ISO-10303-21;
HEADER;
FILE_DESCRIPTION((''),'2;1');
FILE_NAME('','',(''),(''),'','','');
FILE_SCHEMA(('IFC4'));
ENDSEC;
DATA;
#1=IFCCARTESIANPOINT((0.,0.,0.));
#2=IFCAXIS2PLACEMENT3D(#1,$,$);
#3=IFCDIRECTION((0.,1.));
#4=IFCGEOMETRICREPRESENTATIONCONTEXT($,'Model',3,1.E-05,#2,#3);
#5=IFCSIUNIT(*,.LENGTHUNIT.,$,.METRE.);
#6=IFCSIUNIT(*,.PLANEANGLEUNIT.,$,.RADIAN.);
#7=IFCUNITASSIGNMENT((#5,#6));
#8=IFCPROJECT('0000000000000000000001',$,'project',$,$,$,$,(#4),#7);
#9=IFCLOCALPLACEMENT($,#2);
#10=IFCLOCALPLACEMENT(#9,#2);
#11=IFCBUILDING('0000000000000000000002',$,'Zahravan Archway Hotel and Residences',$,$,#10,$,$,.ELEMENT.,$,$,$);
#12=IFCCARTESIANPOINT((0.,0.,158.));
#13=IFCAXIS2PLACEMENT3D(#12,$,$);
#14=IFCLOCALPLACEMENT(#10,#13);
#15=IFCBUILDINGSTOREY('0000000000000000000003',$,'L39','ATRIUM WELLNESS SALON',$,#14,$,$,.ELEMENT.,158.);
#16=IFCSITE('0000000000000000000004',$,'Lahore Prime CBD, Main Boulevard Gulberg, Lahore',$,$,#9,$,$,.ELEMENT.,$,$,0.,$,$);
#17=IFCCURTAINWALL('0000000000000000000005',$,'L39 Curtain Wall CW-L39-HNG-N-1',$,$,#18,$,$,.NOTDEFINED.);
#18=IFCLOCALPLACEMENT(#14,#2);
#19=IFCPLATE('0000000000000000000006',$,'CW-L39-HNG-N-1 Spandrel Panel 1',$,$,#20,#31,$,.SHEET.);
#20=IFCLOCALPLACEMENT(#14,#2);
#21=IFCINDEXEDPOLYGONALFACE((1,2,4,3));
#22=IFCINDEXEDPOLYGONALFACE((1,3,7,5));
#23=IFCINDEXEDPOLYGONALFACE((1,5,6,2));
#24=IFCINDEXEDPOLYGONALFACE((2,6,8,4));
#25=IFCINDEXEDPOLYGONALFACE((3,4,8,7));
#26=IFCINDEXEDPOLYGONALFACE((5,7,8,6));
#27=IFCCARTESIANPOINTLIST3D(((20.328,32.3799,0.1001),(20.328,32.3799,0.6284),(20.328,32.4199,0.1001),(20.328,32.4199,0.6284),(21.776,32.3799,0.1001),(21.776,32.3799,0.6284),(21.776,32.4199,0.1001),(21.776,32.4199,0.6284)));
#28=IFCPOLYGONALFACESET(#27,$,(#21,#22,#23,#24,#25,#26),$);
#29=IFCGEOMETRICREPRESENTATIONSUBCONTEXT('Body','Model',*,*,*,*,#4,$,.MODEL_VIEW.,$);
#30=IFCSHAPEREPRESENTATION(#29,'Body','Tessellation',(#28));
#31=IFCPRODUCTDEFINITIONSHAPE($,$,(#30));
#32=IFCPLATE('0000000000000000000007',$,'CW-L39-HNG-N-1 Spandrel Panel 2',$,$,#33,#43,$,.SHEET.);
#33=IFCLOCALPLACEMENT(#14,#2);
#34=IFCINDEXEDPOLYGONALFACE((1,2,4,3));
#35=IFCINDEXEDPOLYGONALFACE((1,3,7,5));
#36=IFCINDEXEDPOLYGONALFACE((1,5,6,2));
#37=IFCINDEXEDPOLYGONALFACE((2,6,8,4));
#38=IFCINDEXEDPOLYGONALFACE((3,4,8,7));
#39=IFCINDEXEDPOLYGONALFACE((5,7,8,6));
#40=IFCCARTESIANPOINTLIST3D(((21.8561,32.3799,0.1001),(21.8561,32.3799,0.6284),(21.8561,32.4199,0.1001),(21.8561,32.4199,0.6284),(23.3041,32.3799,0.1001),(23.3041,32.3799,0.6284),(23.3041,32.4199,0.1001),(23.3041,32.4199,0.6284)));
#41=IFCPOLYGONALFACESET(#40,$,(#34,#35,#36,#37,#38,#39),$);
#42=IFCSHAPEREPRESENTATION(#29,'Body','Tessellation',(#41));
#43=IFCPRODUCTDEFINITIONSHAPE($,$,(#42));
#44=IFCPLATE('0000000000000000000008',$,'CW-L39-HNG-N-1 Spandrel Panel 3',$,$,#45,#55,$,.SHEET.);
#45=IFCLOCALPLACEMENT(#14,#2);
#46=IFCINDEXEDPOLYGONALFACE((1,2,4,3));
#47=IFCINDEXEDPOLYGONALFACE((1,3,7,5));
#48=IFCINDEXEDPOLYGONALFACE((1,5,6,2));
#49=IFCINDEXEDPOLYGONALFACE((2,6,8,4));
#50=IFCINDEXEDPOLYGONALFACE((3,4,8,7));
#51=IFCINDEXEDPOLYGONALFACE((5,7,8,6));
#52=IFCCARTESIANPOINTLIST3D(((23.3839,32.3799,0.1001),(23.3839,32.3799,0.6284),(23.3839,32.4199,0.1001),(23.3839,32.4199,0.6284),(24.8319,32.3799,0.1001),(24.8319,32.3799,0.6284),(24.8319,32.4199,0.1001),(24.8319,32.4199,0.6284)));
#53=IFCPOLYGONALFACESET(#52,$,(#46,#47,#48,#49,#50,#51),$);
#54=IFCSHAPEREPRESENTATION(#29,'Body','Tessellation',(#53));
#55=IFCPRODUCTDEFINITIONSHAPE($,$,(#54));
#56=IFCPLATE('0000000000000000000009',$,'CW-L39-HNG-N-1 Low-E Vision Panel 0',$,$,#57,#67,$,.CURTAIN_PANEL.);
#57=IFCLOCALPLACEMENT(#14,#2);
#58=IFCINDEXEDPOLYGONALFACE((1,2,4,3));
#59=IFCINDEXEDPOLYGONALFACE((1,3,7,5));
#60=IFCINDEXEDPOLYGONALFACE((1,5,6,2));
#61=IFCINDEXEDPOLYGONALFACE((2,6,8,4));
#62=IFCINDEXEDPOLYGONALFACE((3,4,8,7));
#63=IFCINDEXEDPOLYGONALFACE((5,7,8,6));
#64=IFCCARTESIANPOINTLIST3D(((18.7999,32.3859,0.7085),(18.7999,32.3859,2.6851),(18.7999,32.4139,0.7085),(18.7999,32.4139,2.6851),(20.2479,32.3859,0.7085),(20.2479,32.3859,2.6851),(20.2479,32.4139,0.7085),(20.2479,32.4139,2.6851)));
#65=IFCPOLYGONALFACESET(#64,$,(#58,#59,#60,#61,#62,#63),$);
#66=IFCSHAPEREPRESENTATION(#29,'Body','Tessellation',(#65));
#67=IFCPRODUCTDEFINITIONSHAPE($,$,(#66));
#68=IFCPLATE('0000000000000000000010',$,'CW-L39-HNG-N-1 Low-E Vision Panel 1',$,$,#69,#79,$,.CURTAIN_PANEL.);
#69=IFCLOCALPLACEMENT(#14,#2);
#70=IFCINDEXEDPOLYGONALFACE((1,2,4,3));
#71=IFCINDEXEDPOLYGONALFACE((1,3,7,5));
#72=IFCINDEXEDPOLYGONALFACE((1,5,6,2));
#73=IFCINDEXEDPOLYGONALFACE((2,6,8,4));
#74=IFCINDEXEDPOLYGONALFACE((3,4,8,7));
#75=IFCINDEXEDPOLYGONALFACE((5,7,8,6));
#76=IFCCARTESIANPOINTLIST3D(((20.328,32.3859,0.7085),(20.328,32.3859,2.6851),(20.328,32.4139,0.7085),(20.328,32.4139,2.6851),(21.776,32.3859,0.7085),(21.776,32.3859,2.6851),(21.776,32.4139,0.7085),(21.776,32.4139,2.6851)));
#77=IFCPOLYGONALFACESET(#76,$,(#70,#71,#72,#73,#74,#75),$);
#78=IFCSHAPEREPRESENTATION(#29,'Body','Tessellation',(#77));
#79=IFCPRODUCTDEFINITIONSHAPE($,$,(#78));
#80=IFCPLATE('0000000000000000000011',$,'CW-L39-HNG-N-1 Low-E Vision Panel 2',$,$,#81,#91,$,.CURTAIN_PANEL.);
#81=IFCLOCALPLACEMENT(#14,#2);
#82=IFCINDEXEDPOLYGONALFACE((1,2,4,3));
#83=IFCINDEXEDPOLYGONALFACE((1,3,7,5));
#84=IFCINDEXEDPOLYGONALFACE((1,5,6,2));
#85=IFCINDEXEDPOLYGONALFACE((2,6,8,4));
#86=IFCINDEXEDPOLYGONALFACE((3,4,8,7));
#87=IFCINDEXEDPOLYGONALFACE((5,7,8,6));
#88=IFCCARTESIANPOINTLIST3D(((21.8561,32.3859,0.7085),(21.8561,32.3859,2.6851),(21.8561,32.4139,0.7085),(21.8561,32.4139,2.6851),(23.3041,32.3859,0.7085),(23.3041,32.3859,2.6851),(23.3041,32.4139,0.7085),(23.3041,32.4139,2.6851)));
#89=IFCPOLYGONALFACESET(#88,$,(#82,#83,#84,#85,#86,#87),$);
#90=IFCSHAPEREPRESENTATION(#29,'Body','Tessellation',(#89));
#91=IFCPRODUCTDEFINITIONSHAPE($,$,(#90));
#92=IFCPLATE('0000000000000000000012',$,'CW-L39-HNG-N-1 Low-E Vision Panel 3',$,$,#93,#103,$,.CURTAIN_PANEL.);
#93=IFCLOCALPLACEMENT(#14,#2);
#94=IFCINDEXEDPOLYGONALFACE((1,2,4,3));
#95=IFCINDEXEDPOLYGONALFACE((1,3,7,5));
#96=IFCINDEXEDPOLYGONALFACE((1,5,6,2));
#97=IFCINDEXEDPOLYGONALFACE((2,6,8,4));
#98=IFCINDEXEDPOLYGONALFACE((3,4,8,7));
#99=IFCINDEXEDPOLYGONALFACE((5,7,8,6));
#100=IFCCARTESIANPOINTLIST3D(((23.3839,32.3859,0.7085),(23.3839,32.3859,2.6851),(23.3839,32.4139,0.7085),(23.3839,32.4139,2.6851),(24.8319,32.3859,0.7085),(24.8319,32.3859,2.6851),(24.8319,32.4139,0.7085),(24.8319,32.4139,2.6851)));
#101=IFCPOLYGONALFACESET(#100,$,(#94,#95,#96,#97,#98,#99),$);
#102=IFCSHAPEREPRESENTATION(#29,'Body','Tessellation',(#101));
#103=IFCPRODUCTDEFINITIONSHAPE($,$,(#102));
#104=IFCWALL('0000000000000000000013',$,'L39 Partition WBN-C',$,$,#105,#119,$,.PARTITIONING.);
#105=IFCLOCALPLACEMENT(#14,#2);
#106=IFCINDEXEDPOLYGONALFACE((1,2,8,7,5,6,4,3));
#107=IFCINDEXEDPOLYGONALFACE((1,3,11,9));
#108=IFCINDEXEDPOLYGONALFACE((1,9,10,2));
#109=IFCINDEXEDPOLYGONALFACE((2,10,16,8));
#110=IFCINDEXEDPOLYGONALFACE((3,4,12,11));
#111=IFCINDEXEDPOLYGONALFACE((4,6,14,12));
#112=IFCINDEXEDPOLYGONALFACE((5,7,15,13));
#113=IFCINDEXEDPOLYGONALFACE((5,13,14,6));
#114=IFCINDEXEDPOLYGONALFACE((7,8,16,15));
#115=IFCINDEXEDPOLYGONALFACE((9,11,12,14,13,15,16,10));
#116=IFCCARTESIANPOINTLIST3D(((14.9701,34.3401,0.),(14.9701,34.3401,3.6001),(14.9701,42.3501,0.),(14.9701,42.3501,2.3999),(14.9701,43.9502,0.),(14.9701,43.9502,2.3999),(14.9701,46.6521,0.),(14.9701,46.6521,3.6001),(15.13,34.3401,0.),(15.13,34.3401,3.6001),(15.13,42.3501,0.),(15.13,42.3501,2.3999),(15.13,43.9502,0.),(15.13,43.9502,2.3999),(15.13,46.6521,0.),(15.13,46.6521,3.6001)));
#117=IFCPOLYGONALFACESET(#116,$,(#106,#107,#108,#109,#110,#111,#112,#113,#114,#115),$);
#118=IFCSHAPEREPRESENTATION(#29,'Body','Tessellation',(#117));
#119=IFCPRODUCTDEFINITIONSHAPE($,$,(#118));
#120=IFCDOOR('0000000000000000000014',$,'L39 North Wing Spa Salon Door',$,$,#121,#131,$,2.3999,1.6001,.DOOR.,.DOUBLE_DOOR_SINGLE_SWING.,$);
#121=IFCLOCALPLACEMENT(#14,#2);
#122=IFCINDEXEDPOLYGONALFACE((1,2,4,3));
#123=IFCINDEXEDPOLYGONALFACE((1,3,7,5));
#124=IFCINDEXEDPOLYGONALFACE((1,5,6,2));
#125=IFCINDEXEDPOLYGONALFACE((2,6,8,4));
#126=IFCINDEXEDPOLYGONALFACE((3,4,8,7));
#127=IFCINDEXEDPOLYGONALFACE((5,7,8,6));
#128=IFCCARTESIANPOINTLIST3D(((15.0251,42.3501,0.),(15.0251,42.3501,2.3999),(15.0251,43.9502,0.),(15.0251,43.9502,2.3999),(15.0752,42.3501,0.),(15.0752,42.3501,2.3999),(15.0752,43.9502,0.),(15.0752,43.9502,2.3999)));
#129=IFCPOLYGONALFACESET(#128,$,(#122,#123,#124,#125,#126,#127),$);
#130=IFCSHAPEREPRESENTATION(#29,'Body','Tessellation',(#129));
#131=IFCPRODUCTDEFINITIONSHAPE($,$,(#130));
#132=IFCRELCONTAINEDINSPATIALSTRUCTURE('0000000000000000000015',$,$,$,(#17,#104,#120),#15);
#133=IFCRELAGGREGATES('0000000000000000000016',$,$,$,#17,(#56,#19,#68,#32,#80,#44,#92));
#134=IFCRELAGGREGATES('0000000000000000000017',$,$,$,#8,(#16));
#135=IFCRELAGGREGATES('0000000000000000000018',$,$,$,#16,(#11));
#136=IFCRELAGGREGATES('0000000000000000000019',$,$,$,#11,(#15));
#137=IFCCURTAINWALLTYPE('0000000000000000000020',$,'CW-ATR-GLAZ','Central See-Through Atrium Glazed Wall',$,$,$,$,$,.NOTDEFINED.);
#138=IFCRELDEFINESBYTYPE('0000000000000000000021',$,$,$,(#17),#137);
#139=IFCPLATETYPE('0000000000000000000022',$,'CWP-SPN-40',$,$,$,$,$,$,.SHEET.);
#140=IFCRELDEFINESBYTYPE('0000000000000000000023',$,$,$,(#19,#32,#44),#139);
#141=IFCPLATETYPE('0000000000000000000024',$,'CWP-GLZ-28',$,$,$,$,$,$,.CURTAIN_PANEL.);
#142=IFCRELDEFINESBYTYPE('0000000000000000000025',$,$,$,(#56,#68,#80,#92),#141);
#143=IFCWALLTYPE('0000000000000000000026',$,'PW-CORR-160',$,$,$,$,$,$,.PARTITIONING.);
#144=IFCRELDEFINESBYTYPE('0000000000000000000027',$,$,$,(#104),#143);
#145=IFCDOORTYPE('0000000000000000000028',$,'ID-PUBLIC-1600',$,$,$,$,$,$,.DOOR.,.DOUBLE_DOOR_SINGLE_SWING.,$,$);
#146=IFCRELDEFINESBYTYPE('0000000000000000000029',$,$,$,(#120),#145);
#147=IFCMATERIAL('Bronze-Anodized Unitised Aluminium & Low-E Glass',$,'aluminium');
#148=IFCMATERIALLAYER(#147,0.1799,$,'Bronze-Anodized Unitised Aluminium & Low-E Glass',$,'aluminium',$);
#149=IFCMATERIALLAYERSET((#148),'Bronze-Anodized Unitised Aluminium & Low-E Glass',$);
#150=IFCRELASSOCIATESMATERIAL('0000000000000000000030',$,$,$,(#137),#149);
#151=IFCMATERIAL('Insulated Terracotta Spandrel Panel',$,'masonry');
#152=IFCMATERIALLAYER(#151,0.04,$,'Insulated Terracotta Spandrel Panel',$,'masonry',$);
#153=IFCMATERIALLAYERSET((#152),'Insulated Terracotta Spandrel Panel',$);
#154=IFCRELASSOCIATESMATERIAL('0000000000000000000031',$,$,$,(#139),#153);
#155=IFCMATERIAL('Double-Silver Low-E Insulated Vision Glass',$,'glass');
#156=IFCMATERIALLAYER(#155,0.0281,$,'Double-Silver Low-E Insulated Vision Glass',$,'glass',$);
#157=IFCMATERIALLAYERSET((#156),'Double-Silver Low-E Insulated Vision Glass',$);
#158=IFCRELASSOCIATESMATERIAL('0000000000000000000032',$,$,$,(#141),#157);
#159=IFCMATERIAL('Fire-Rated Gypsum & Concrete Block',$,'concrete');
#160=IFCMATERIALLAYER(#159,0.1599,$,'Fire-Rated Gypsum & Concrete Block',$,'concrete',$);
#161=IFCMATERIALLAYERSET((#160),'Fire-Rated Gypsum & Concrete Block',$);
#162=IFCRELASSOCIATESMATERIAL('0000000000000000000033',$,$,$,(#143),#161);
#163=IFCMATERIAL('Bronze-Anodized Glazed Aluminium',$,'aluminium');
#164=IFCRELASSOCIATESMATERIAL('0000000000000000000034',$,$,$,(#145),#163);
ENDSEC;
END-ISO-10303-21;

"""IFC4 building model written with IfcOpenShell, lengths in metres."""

from ifc_helpers import new_model, si_unit, direction, frame, frame_2d, origin, origin_2d, place, context, subcontext, project, spatial, rectangle, extrude, source, transform, mapped, material, layer, layer_set, type_object, type_shapes, element, fill, aggregate, save


model = new_model("IFC4")

# Units and contexts
model_context = context("Model", 3, precision=1e-05, world=origin(), true_north=direction((0.0, 1.0)))
body_context = subcontext(model_context, "Body", "Model", "MODEL_VIEW")
ifc_project = project(units=[si_unit("LENGTHUNIT", "METRE"), si_unit("PLANEANGLEUNIT", "RADIAN")], contexts=[model_context])

# Site, building, storey
site_placement = place(None, origin())
site = spatial("IfcSite", under=ifc_project, at=site_placement, Name="Lahore Prime CBD, Main Boulevard Gulberg, Lahore", CompositionType="ELEMENT", RefElevation=0.0)
building_placement = place(site_placement, origin())
building = spatial("IfcBuilding", under=site, at=building_placement, Name="Zahravan Archway Hotel and Residences", CompositionType="ELEMENT")
storey_placement = place(building_placement, frame((0.0, 0.0, 158.0)))
storey = spatial("IfcBuildingStorey", under=building, at=storey_placement, Name="L39", Description="ATRIUM WELLNESS SALON", CompositionType="ELEMENT", Elevation=158.0)

# Curtain wall, plates
ifc_material_1 = material(Name="Bronze-Anodized Unitised Aluminium & Low-E Glass", Category="aluminium")
ifc_layer_1 = layer(ifc_material_1, 0.1799, Name="Bronze-Anodized Unitised Aluminium & Low-E Glass", Category="aluminium")
ifc_layer_set_1 = layer_set([ifc_layer_1], Name="Bronze-Anodized Unitised Aluminium & Low-E Glass")
curtain_wall_type = type_object("IfcCurtainWallType", Name="CW-ATR-GLAZ", Description="Central See-Through Atrium Glazed Wall", PredefinedType="NOTDEFINED", material=ifc_layer_set_1)
curtain_wall_placement = place(storey_placement, origin())
curtain_wall = element("IfcCurtainWall", 1, at=curtain_wall_placement, inside=storey, type_object=curtain_wall_type, Name="L39 Curtain Wall CW-L39-HNG-N-1", PredefinedType="NOTDEFINED")
ifc_material_2 = material(Name="Insulated Terracotta Spandrel Panel", Category="masonry")
ifc_layer_2 = layer(ifc_material_2, 0.04, Name="Insulated Terracotta Spandrel Panel", Category="masonry")
ifc_layer_set_2 = layer_set([ifc_layer_2], Name="Insulated Terracotta Spandrel Panel")
plate_type_1 = type_object("IfcPlateType", Name="CWP-SPN-40", PredefinedType="SHEET", material=ifc_layer_set_2)
shared_shape_1 = source(origin(), body_context, "Body", "SweptSolid", [
    extrude(rectangle(XDim=1.448, YDim=0.04, at=origin_2d()), origin(), (0.0, 0.0, 1.0), 0.5283),
])
plate_1_placement = place(storey_placement, frame((21.052, 32.3999, 0.1001), z_axis=(0.0, 0.0, 1.0), x_axis=(1.0, 0.0, 0.0)))
plate_1 = element("IfcPlate", 2, at=plate_1_placement, type_object=plate_type_1, Name="CW-L39-HNG-N-1 Spandrel Panel 1", PredefinedType="SHEET", context=body_context, shape_type="MappedRepresentation", body=[
    mapped(shared_shape_1, transform((0.0, 0.0, 0.0), scale=1.0)),
])
plate_2_placement = place(storey_placement, frame((22.5801, 32.3999, 0.1001), z_axis=(0.0, 0.0, 1.0), x_axis=(1.0, 0.0, 0.0)))
plate_2 = element("IfcPlate", 3, at=plate_2_placement, type_object=plate_type_1, Name="CW-L39-HNG-N-1 Spandrel Panel 2", PredefinedType="SHEET", context=body_context, shape_type="MappedRepresentation", body=[
    mapped(shared_shape_1, transform((0.0, 0.0, 0.0), scale=1.0)),
])
plate_3_placement = place(storey_placement, frame((24.1079, 32.3999, 0.1001), z_axis=(0.0, 0.0, 1.0), x_axis=(1.0, 0.0, 0.0)))
plate_3 = element("IfcPlate", 4, at=plate_3_placement, type_object=plate_type_1, Name="CW-L39-HNG-N-1 Spandrel Panel 3", PredefinedType="SHEET", context=body_context, shape_type="MappedRepresentation", body=[
    mapped(shared_shape_1, transform((0.0, 0.0, 0.0), scale=1.0)),
])
ifc_material_3 = material(Name="Double-Silver Low-E Insulated Vision Glass", Category="glass")
ifc_layer_3 = layer(ifc_material_3, 0.0281, Name="Double-Silver Low-E Insulated Vision Glass", Category="glass")
ifc_layer_set_3 = layer_set([ifc_layer_3], Name="Double-Silver Low-E Insulated Vision Glass")
plate_type_2 = type_object("IfcPlateType", Name="CWP-GLZ-28", PredefinedType="CURTAIN_PANEL", material=ifc_layer_set_3)
shared_shape_2 = source(origin(), body_context, "Body", "SweptSolid", [
    extrude(rectangle(XDim=1.448, YDim=0.0281, at=origin_2d()), origin(), (0.0, 0.0, 1.0), 1.9766),
])
plate_4_placement = place(storey_placement, frame((19.5239, 32.3999, 0.7085), z_axis=(0.0, 0.0, 1.0), x_axis=(1.0, 0.0, 0.0)))
plate_4 = element("IfcPlate", 5, at=plate_4_placement, type_object=plate_type_2, Name="CW-L39-HNG-N-1 Low-E Vision Panel 0", PredefinedType="CURTAIN_PANEL", context=body_context, shape_type="MappedRepresentation", body=[
    mapped(shared_shape_2, transform((0.0, 0.0, 0.0), scale=1.0)),
])
plate_5_placement = place(storey_placement, frame((21.052, 32.3999, 0.7085), z_axis=(0.0, 0.0, 1.0), x_axis=(1.0, 0.0, 0.0)))
plate_5 = element("IfcPlate", 6, at=plate_5_placement, type_object=plate_type_2, Name="CW-L39-HNG-N-1 Low-E Vision Panel 1", PredefinedType="CURTAIN_PANEL", context=body_context, shape_type="MappedRepresentation", body=[
    mapped(shared_shape_2, transform((0.0, 0.0, 0.0), scale=1.0)),
])
plate_6_placement = place(storey_placement, frame((22.5801, 32.3999, 0.7085), z_axis=(0.0, 0.0, 1.0), x_axis=(1.0, 0.0, 0.0)))
plate_6 = element("IfcPlate", 7, at=plate_6_placement, type_object=plate_type_2, Name="CW-L39-HNG-N-1 Low-E Vision Panel 2", PredefinedType="CURTAIN_PANEL", context=body_context, shape_type="MappedRepresentation", body=[
    mapped(shared_shape_2, transform((0.0, 0.0, 0.0), scale=1.0)),
])
plate_7_placement = place(storey_placement, frame((24.1079, 32.3999, 0.7085), z_axis=(0.0, 0.0, 1.0), x_axis=(1.0, 0.0, 0.0)))
plate_7 = element("IfcPlate", 8, at=plate_7_placement, type_object=plate_type_2, Name="CW-L39-HNG-N-1 Low-E Vision Panel 3", PredefinedType="CURTAIN_PANEL", context=body_context, shape_type="MappedRepresentation", body=[
    mapped(shared_shape_2, transform((0.0, 0.0, 0.0), scale=1.0)),
])
aggregate(curtain_wall, [plate_4, plate_1, plate_5, plate_2, plate_6, plate_3, plate_7])

# Wall, opening, door
ifc_material_4 = material(Name="Fire-Rated Gypsum & Concrete Block", Category="concrete")
ifc_layer_4 = layer(ifc_material_4, 0.1599, Name="Fire-Rated Gypsum & Concrete Block", Category="concrete")
ifc_layer_set_4 = layer_set([ifc_layer_4], Name="Fire-Rated Gypsum & Concrete Block")
wall_type = type_object("IfcWallType", Name="PW-CORR-160", PredefinedType="PARTITIONING", material=ifc_layer_set_4)
wall_placement = place(storey_placement, frame((15.05, 34.3401, 0.0), z_axis=(0.0, 0.0, 1.0), x_axis=(0.0, 1.0, 0.0)))
wall = element("IfcWall", 9, at=wall_placement, inside=storey, type_object=wall_type, Name="L39 Partition WBN-C", PredefinedType="PARTITIONING", context=body_context, shape_type="SweptSolid", body=[
    extrude(rectangle(XDim=12.312, YDim=0.1599, at=frame_2d((6.156, 0.0))), origin(), (0.0, 0.0, 1.0), 3.6001),
])
opening_placement = place(wall_placement, frame((8.01, 0.0, 0.0)))
opening = element("IfcOpeningElement", 10, at=opening_placement, cuts=wall, PredefinedType="OPENING", context=body_context, shape_type="SweptSolid", body=[
    extrude(rectangle(XDim=1.6001, YDim=2.3999, at=frame_2d((0.8, 1.2))), frame((0.0, 0.0898, 0.0), z_axis=(0.0, -1.0, 0.0), x_axis=(1.0, 0.0, 0.0)), (0.0, 0.0, 1.0), 0.1799),
])
ifc_material_5 = material(Name="Bronze-Anodized Glazed Aluminium", Category="aluminium")
door_type = type_object("IfcDoorType", Name="ID-PUBLIC-1600", OperationType="DOUBLE_DOOR_SINGLE_SWING", PredefinedType="DOOR", material=ifc_material_5)
shared_shape_3 = source(origin(), body_context, "Body", "SweptSolid", [
    extrude(rectangle(XDim=1.6001, YDim=2.3999, at=frame_2d((0.8, 1.2))), frame((0.0, 0.0249, 0.0), z_axis=(0.0, -1.0, 0.0), x_axis=(1.0, 0.0, 0.0)), (0.0, 0.0, 1.0), 0.05),
])
type_shapes(door_type, [shared_shape_3])
door_placement = place(opening_placement, origin())
door = element("IfcDoor", 11, at=door_placement, inside=storey, type_object=door_type, Name="L39 North Wing Spa Salon Door", OperationType="DOUBLE_DOOR_SINGLE_SWING", OverallHeight=2.3999, OverallWidth=1.6001, PredefinedType="DOOR", context=body_context, shape_type="MappedRepresentation", body=[
    mapped(shared_shape_3, transform((0.0, 0.0, 0.0), scale=1.0)),
])
fill(opening, door)

save(model, "model.ifc")
